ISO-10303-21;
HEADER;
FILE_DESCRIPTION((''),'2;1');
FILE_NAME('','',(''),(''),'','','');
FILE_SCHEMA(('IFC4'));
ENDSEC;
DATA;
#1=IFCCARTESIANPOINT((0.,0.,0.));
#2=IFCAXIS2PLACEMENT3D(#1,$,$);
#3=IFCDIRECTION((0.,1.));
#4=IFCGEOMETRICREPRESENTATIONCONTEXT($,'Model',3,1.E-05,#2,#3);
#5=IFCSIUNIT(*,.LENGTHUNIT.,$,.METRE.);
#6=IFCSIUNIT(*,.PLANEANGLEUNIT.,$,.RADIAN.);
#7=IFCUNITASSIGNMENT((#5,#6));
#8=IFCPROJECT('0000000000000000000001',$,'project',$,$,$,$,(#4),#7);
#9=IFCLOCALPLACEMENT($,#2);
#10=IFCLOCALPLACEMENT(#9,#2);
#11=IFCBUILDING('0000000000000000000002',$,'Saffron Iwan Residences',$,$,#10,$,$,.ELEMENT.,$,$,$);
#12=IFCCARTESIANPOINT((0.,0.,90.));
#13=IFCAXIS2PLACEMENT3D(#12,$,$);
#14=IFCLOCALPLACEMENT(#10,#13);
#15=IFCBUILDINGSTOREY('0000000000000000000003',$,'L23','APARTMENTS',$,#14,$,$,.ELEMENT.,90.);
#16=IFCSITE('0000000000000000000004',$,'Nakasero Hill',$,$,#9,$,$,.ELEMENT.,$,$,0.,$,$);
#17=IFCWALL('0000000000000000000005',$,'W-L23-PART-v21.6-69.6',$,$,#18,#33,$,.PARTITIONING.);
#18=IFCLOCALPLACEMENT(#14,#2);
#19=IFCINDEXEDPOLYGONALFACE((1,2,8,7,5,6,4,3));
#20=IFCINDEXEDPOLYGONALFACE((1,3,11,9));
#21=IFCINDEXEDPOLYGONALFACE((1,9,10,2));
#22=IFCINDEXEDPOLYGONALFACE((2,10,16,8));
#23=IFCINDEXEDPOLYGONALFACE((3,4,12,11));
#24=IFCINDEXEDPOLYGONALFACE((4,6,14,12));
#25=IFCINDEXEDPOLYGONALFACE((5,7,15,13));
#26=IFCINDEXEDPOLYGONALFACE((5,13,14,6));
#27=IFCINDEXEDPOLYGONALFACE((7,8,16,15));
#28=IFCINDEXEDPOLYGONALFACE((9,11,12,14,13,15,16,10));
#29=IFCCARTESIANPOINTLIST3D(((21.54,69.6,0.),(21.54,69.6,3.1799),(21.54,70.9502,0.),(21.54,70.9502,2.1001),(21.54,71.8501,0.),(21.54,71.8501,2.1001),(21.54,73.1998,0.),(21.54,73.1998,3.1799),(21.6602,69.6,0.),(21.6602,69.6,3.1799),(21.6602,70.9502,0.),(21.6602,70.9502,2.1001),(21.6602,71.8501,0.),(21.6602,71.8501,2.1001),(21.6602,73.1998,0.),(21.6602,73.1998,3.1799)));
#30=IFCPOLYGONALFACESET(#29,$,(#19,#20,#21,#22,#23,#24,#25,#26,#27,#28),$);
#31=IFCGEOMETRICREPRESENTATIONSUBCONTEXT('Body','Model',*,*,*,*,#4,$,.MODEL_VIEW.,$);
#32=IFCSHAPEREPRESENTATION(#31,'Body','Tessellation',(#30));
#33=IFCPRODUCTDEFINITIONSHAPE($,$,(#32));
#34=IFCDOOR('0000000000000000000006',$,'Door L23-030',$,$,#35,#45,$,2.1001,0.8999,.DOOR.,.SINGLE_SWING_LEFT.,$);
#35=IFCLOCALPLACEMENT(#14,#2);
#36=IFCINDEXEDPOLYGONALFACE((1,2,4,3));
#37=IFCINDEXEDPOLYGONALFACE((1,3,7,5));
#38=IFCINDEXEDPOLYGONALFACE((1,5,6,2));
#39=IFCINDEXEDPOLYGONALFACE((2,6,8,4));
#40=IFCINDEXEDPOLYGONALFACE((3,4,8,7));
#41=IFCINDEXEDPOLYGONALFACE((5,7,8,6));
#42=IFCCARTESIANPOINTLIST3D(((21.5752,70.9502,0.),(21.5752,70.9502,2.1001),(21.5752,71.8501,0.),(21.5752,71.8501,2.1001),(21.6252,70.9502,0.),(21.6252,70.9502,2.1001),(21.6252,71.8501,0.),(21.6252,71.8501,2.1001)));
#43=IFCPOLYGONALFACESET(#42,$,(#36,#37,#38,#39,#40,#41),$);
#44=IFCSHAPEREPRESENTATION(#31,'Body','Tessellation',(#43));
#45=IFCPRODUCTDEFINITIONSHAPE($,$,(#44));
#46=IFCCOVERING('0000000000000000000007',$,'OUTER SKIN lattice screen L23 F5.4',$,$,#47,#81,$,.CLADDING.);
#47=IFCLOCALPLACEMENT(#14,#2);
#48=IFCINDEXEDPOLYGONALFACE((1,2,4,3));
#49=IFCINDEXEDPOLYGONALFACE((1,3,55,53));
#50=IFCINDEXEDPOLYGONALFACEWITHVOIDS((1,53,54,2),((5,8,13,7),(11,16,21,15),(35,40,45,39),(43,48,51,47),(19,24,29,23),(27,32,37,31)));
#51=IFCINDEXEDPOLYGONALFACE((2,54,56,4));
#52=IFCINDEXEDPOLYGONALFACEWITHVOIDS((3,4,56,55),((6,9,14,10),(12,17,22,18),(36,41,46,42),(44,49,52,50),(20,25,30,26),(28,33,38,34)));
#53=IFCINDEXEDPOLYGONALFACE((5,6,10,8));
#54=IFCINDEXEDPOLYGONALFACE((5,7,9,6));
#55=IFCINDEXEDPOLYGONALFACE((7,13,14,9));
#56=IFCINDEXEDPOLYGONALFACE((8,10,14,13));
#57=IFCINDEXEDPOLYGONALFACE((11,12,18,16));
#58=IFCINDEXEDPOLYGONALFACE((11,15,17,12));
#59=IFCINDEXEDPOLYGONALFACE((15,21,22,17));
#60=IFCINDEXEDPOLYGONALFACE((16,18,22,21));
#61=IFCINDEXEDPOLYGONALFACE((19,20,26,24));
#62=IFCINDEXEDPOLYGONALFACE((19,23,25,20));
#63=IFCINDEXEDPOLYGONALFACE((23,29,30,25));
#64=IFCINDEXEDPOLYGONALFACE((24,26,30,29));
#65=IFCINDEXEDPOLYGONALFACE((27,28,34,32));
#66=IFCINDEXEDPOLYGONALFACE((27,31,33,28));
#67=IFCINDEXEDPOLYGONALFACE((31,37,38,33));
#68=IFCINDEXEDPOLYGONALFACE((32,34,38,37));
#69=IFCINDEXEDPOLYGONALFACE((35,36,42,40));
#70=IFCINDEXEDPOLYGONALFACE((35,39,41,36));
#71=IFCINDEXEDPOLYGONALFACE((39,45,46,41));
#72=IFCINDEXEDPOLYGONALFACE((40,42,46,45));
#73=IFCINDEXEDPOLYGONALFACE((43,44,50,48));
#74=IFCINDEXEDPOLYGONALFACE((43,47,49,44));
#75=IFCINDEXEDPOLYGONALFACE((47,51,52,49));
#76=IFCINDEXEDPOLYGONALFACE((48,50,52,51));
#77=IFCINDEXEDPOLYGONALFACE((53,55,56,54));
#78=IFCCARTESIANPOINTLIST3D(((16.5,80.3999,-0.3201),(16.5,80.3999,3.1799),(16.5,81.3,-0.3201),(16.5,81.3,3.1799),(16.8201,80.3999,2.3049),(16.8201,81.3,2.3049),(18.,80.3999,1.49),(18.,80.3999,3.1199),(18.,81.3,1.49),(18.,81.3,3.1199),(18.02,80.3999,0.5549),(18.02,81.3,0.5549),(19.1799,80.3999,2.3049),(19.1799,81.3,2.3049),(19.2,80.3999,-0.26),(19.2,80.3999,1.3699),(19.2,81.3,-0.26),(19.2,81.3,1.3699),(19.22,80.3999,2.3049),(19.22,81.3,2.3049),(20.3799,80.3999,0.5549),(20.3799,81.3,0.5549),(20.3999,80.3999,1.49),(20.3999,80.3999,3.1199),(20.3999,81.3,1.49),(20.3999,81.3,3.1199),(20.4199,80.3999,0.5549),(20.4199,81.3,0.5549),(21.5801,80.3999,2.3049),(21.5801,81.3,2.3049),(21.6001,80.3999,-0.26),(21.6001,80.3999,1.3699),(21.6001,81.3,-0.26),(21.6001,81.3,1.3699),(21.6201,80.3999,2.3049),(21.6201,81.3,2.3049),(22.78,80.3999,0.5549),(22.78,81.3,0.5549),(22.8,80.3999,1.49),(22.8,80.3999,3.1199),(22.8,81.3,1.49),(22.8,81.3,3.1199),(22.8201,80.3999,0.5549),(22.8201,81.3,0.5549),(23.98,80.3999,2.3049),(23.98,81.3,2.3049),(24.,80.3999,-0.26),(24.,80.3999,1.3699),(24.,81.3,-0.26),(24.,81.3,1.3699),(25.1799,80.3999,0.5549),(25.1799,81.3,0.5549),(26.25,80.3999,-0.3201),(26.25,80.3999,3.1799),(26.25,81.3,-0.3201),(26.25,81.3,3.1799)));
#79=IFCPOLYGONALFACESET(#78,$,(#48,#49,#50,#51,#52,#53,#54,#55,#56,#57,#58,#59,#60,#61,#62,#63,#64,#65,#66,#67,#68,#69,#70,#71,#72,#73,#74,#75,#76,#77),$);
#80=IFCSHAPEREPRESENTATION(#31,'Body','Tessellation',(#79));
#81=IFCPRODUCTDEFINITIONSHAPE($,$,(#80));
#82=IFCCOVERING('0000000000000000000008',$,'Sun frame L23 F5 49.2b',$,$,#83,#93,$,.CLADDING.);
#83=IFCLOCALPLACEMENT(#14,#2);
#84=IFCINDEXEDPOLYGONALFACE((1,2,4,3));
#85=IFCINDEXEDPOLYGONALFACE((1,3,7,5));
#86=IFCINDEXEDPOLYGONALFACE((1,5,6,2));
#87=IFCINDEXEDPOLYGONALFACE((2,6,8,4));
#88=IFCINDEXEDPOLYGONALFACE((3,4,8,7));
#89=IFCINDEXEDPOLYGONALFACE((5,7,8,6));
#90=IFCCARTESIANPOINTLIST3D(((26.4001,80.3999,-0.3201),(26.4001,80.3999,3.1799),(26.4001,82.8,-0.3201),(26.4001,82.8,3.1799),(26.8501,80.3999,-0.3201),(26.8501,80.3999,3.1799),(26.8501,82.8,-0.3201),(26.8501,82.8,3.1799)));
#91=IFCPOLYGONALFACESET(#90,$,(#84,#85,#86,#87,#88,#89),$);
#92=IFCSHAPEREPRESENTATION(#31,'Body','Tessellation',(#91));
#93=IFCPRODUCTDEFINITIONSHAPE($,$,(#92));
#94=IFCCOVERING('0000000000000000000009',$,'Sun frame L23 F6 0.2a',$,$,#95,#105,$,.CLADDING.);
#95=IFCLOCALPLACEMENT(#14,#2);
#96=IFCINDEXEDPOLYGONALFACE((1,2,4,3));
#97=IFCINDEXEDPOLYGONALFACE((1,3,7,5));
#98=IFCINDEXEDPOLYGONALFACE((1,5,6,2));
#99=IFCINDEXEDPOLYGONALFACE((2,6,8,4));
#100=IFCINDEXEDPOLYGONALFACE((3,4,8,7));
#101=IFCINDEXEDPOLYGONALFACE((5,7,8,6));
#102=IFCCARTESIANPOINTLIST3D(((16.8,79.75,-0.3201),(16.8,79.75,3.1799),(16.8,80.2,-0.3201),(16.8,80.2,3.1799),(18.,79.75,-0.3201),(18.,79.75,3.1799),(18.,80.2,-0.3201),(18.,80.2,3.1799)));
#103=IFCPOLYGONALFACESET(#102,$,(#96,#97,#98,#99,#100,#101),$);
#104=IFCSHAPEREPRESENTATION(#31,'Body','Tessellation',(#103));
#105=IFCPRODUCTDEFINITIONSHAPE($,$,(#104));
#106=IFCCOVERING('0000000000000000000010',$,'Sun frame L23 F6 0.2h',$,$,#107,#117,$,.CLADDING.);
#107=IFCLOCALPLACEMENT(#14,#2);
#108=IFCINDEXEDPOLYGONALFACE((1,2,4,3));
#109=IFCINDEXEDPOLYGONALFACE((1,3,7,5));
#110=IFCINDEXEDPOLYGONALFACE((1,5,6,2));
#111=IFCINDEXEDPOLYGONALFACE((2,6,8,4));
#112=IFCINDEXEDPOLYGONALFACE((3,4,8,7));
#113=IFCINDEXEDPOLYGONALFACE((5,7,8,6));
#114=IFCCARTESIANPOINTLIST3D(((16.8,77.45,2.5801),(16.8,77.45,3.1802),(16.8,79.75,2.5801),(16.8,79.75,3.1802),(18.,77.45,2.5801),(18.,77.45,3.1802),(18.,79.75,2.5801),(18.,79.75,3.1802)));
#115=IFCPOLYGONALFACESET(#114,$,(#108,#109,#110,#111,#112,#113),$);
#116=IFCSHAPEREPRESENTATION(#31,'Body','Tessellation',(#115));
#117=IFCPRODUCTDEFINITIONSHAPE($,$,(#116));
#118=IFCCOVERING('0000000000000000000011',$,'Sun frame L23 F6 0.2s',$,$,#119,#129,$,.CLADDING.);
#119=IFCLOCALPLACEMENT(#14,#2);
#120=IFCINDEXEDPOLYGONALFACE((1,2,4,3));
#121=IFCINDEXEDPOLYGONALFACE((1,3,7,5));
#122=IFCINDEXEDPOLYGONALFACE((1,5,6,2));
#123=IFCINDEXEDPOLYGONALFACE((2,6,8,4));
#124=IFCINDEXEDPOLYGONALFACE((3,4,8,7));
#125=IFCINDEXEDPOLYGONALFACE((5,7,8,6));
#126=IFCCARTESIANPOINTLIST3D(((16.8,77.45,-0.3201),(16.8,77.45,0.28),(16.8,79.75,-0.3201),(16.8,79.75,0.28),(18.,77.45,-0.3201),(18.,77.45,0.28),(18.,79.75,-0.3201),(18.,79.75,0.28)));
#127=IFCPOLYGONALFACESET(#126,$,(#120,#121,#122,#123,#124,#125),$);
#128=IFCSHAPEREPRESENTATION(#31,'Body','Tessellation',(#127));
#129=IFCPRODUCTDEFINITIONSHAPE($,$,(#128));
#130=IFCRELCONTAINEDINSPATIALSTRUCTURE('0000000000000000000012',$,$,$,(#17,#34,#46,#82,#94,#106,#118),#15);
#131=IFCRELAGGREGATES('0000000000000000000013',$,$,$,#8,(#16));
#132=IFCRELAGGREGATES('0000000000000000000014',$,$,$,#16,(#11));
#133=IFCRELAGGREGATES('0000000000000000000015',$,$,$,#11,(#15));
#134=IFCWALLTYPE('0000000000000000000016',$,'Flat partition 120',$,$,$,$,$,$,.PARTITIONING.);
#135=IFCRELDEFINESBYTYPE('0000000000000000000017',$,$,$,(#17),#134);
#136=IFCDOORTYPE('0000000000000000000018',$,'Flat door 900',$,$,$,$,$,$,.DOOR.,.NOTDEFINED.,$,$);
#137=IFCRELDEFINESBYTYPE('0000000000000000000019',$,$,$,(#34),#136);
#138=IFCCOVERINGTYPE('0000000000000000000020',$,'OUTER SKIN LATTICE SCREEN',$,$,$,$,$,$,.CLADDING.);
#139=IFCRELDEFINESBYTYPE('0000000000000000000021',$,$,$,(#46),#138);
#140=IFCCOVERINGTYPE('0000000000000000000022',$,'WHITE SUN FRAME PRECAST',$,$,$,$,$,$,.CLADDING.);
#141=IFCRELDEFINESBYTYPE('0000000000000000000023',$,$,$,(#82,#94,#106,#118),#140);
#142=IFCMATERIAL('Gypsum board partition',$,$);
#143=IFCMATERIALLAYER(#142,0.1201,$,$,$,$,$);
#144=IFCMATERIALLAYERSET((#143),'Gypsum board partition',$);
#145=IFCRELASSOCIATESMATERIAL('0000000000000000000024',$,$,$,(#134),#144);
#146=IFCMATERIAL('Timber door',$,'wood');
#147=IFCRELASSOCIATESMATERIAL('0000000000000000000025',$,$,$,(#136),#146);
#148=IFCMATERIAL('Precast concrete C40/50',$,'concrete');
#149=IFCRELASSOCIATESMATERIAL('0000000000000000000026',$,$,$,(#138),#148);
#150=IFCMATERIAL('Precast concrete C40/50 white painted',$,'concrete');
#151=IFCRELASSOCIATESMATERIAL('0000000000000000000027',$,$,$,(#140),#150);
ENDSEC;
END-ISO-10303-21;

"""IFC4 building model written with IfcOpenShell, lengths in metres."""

from ifc_helpers import new_model, si_unit, direction, frame, frame_2d, origin, place, context, subcontext, project, spatial, polyline, rectangle, outline, extrude, material, layer, layer_set, type_object, element, fill, save


model = new_model("IFC4")

# Units and contexts
model_context = context("Model", 3, precision=1e-05, world=origin(), true_north=direction((0.0, 1.0)))
body_context = subcontext(model_context, "Body", "Model", "MODEL_VIEW")
ifc_project = project(units=[si_unit("LENGTHUNIT", "METRE"), si_unit("PLANEANGLEUNIT", "RADIAN")], contexts=[model_context])

# Site, building, storey
site_placement = place(None, origin())
site = spatial("IfcSite", under=ifc_project, at=site_placement, Name="Nakasero Hill", CompositionType="ELEMENT", RefElevation=0.0)
building_placement = place(site_placement, origin())
building = spatial("IfcBuilding", under=site, at=building_placement, Name="Saffron Iwan Residences", CompositionType="ELEMENT")
storey_placement = place(building_placement, frame((0.0, 0.0, 90.0)))
storey = spatial("IfcBuildingStorey", under=building, at=storey_placement, Name="L23", Description="APARTMENTS", CompositionType="ELEMENT", Elevation=90.0)

# Shared definitions
ifc_material_1 = material(Name="Gypsum board partition")
ifc_layer_1 = layer(ifc_material_1, 0.1201)
ifc_layer_set_1 = layer_set([ifc_layer_1], Name="Gypsum board partition")
wall_type_1 = type_object("IfcWallType", Name="Flat partition 120", PredefinedType="PARTITIONING", material=ifc_layer_set_1)

# Wall, opening, door
wall_1_placement = place(storey_placement, frame((21.6001, 69.6001, 0.0), z_axis=(0.0, 0.0, 1.0), x_axis=(0.0, 1.0, 0.0)))
wall_1 = element("IfcWall", 1, at=wall_1_placement, inside=storey, type_object=wall_type_1, Name="W-L23-PART-v21.6-69.6", PredefinedType="PARTITIONING", context=body_context, shape_type="SweptSolid", body=[
    extrude(rectangle(XDim=3.5999, YDim=0.1201, at=frame_2d((1.7998, 0.0))), origin(), (0.0, 0.0, 1.0), 3.1799),
])
opening_1_placement = place(wall_1_placement, frame((1.3501, 0.0, 0.0)))
opening_1 = element("IfcOpeningElement", 2, at=opening_1_placement, cuts=wall_1, PredefinedType="OPENING", context=body_context, shape_type="SweptSolid", body=[
    extrude(rectangle(XDim=0.8999, YDim=2.1001, at=frame_2d((0.45, 1.05))), frame((0.0, 0.0701, 0.0), z_axis=(0.0, -1.0, 0.0), x_axis=(1.0, 0.0, 0.0)), (0.0, 0.0, 1.0), 0.1401),
])
ifc_material_2 = material(Name="Timber door", Category="wood")
door_type = type_object("IfcDoorType", Name="Flat door 900", OperationType="NOTDEFINED", PredefinedType="DOOR", material=ifc_material_2)
door_placement = place(opening_1_placement, origin())
door = element("IfcDoor", 3, at=door_placement, inside=storey, type_object=door_type, Name="Door L23-030", OperationType="SINGLE_SWING_LEFT", OverallHeight=2.1001, OverallWidth=0.8999, PredefinedType="DOOR", context=body_context, shape_type="SweptSolid", body=[
    extrude(rectangle(XDim=0.8999, YDim=2.1001, at=frame_2d((0.45, 1.05))), frame((0.0, 0.0249, 0.0), z_axis=(0.0, -1.0, 0.0), x_axis=(1.0, 0.0, 0.0)), (0.0, 0.0, 1.0), 0.05),
])
fill(opening_1, door)

# Coverings
ifc_material_3 = material(Name="Precast concrete C40/50", Category="concrete")
covering_type_1 = type_object("IfcCoveringType", Name="OUTER SKIN LATTICE SCREEN", PredefinedType="CLADDING", material=ifc_material_3)
covering_1_placement = place(storey_placement, frame((26.25, 80.3999, -0.3201), z_axis=(0.0, 1.0, 0.0), x_axis=(-1.0, 0.0, 0.0)))
element("IfcCovering", 4, at=covering_1_placement, inside=storey, type_object=covering_type_1, Name="OUTER SKIN lattice screen L23 F5.4", PredefinedType="CLADDING", context=body_context, shape_type="SweptSolid", body=[
    extrude(outline(polyline([(0.0, 0.0), (9.75, 0.0), (9.75, 3.5), (0.0, 3.5), (0.0, 0.0)]), holes=[polyline([(1.0701, 0.875), (2.25, 0.0601), (3.4299, 0.875), (2.25, 1.6899), (1.0701, 0.875)]), polyline([(3.47, 0.875), (4.6499, 0.0601), (5.8301, 0.875), (4.6499, 1.6899), (3.47, 0.875)]), polyline([(5.8701, 0.875), (7.05, 0.0601), (8.23, 0.875), (7.05, 1.6899), (5.8701, 0.875)]), polyline([(2.27, 2.625), (3.45, 1.8101), (4.6299, 2.625), (3.45, 3.4399), (2.27, 2.625)]), polyline([(4.6699, 2.625), (5.8501, 1.8101), (7.03, 2.625), (5.8501, 3.4399), (4.6699, 2.625)]), polyline([(7.0701, 2.625), (8.25, 1.8101), (9.4299, 2.625), (8.25, 3.4399), (7.0701, 2.625)])]), origin(), (0.0, 0.0, 1.0), 0.9001),
])
ifc_material_4 = material(Name="Precast concrete C40/50 white painted", Category="concrete")
covering_type_2 = type_object("IfcCoveringType", Name="WHITE SUN FRAME PRECAST", PredefinedType="CLADDING", material=ifc_material_4)
covering_2_placement = place(storey_placement, frame((26.8501, 80.3999, -0.3201), z_axis=(0.0, 1.0, 0.0), x_axis=(-1.0, 0.0, 0.0)))
element("IfcCovering", 5, at=covering_2_placement, inside=storey, type_object=covering_type_2, Name="Sun frame L23 F5 49.2b", PredefinedType="CLADDING", context=body_context, shape_type="SweptSolid", body=[
    extrude(outline(polyline([(0.0, 0.0), (0.45, 0.0), (0.45, 3.5), (0.0, 3.5), (0.0, 0.0)])), origin(), (0.0, 0.0, 1.0), 2.4001),
])
covering_3_placement = place(storey_placement, frame((18.0, 80.2, -0.3201), z_axis=(-1.0, 0.0, 0.0), x_axis=(0.0, -1.0, 0.0)))
element("IfcCovering", 6, at=covering_3_placement, inside=storey, type_object=covering_type_2, Name="Sun frame L23 F6 0.2a", PredefinedType="CLADDING", context=body_context, shape_type="SweptSolid", body=[
    extrude(outline(polyline([(0.0, 0.0), (0.45, 0.0), (0.45, 3.5), (0.0, 3.5), (0.0, 0.0)])), origin(), (0.0, 0.0, 1.0), 1.2),
])
for number, where, z_axis, x_axis, name in (
    (7, (18.0, 79.75, 2.5801), (-1.0, 0.0, 0.0), (0.0, -1.0, 0.0), "Sun frame L23 F6 0.2h"),
    (8, (18.0, 79.75, -0.3201), (-1.0, 0.0, 0.0), (0.0, -1.0, 0.0), "Sun frame L23 F6 0.2s"),
):
    element("IfcCovering", number, at=place(storey_placement, frame(where, z_axis=z_axis, x_axis=x_axis)), inside=storey, type_object=covering_type_2, Name=name, PredefinedType="CLADDING", context=body_context, shape_type="SweptSolid", body=[
        extrude(outline(polyline([(0.0, 0.0), (2.3, 0.0), (2.3, 0.6001), (0.0, 0.6001), (0.0, 0.0)])), origin(), (0.0, 0.0, 1.0), 1.2),
    ])

save(model, "model.ifc")
